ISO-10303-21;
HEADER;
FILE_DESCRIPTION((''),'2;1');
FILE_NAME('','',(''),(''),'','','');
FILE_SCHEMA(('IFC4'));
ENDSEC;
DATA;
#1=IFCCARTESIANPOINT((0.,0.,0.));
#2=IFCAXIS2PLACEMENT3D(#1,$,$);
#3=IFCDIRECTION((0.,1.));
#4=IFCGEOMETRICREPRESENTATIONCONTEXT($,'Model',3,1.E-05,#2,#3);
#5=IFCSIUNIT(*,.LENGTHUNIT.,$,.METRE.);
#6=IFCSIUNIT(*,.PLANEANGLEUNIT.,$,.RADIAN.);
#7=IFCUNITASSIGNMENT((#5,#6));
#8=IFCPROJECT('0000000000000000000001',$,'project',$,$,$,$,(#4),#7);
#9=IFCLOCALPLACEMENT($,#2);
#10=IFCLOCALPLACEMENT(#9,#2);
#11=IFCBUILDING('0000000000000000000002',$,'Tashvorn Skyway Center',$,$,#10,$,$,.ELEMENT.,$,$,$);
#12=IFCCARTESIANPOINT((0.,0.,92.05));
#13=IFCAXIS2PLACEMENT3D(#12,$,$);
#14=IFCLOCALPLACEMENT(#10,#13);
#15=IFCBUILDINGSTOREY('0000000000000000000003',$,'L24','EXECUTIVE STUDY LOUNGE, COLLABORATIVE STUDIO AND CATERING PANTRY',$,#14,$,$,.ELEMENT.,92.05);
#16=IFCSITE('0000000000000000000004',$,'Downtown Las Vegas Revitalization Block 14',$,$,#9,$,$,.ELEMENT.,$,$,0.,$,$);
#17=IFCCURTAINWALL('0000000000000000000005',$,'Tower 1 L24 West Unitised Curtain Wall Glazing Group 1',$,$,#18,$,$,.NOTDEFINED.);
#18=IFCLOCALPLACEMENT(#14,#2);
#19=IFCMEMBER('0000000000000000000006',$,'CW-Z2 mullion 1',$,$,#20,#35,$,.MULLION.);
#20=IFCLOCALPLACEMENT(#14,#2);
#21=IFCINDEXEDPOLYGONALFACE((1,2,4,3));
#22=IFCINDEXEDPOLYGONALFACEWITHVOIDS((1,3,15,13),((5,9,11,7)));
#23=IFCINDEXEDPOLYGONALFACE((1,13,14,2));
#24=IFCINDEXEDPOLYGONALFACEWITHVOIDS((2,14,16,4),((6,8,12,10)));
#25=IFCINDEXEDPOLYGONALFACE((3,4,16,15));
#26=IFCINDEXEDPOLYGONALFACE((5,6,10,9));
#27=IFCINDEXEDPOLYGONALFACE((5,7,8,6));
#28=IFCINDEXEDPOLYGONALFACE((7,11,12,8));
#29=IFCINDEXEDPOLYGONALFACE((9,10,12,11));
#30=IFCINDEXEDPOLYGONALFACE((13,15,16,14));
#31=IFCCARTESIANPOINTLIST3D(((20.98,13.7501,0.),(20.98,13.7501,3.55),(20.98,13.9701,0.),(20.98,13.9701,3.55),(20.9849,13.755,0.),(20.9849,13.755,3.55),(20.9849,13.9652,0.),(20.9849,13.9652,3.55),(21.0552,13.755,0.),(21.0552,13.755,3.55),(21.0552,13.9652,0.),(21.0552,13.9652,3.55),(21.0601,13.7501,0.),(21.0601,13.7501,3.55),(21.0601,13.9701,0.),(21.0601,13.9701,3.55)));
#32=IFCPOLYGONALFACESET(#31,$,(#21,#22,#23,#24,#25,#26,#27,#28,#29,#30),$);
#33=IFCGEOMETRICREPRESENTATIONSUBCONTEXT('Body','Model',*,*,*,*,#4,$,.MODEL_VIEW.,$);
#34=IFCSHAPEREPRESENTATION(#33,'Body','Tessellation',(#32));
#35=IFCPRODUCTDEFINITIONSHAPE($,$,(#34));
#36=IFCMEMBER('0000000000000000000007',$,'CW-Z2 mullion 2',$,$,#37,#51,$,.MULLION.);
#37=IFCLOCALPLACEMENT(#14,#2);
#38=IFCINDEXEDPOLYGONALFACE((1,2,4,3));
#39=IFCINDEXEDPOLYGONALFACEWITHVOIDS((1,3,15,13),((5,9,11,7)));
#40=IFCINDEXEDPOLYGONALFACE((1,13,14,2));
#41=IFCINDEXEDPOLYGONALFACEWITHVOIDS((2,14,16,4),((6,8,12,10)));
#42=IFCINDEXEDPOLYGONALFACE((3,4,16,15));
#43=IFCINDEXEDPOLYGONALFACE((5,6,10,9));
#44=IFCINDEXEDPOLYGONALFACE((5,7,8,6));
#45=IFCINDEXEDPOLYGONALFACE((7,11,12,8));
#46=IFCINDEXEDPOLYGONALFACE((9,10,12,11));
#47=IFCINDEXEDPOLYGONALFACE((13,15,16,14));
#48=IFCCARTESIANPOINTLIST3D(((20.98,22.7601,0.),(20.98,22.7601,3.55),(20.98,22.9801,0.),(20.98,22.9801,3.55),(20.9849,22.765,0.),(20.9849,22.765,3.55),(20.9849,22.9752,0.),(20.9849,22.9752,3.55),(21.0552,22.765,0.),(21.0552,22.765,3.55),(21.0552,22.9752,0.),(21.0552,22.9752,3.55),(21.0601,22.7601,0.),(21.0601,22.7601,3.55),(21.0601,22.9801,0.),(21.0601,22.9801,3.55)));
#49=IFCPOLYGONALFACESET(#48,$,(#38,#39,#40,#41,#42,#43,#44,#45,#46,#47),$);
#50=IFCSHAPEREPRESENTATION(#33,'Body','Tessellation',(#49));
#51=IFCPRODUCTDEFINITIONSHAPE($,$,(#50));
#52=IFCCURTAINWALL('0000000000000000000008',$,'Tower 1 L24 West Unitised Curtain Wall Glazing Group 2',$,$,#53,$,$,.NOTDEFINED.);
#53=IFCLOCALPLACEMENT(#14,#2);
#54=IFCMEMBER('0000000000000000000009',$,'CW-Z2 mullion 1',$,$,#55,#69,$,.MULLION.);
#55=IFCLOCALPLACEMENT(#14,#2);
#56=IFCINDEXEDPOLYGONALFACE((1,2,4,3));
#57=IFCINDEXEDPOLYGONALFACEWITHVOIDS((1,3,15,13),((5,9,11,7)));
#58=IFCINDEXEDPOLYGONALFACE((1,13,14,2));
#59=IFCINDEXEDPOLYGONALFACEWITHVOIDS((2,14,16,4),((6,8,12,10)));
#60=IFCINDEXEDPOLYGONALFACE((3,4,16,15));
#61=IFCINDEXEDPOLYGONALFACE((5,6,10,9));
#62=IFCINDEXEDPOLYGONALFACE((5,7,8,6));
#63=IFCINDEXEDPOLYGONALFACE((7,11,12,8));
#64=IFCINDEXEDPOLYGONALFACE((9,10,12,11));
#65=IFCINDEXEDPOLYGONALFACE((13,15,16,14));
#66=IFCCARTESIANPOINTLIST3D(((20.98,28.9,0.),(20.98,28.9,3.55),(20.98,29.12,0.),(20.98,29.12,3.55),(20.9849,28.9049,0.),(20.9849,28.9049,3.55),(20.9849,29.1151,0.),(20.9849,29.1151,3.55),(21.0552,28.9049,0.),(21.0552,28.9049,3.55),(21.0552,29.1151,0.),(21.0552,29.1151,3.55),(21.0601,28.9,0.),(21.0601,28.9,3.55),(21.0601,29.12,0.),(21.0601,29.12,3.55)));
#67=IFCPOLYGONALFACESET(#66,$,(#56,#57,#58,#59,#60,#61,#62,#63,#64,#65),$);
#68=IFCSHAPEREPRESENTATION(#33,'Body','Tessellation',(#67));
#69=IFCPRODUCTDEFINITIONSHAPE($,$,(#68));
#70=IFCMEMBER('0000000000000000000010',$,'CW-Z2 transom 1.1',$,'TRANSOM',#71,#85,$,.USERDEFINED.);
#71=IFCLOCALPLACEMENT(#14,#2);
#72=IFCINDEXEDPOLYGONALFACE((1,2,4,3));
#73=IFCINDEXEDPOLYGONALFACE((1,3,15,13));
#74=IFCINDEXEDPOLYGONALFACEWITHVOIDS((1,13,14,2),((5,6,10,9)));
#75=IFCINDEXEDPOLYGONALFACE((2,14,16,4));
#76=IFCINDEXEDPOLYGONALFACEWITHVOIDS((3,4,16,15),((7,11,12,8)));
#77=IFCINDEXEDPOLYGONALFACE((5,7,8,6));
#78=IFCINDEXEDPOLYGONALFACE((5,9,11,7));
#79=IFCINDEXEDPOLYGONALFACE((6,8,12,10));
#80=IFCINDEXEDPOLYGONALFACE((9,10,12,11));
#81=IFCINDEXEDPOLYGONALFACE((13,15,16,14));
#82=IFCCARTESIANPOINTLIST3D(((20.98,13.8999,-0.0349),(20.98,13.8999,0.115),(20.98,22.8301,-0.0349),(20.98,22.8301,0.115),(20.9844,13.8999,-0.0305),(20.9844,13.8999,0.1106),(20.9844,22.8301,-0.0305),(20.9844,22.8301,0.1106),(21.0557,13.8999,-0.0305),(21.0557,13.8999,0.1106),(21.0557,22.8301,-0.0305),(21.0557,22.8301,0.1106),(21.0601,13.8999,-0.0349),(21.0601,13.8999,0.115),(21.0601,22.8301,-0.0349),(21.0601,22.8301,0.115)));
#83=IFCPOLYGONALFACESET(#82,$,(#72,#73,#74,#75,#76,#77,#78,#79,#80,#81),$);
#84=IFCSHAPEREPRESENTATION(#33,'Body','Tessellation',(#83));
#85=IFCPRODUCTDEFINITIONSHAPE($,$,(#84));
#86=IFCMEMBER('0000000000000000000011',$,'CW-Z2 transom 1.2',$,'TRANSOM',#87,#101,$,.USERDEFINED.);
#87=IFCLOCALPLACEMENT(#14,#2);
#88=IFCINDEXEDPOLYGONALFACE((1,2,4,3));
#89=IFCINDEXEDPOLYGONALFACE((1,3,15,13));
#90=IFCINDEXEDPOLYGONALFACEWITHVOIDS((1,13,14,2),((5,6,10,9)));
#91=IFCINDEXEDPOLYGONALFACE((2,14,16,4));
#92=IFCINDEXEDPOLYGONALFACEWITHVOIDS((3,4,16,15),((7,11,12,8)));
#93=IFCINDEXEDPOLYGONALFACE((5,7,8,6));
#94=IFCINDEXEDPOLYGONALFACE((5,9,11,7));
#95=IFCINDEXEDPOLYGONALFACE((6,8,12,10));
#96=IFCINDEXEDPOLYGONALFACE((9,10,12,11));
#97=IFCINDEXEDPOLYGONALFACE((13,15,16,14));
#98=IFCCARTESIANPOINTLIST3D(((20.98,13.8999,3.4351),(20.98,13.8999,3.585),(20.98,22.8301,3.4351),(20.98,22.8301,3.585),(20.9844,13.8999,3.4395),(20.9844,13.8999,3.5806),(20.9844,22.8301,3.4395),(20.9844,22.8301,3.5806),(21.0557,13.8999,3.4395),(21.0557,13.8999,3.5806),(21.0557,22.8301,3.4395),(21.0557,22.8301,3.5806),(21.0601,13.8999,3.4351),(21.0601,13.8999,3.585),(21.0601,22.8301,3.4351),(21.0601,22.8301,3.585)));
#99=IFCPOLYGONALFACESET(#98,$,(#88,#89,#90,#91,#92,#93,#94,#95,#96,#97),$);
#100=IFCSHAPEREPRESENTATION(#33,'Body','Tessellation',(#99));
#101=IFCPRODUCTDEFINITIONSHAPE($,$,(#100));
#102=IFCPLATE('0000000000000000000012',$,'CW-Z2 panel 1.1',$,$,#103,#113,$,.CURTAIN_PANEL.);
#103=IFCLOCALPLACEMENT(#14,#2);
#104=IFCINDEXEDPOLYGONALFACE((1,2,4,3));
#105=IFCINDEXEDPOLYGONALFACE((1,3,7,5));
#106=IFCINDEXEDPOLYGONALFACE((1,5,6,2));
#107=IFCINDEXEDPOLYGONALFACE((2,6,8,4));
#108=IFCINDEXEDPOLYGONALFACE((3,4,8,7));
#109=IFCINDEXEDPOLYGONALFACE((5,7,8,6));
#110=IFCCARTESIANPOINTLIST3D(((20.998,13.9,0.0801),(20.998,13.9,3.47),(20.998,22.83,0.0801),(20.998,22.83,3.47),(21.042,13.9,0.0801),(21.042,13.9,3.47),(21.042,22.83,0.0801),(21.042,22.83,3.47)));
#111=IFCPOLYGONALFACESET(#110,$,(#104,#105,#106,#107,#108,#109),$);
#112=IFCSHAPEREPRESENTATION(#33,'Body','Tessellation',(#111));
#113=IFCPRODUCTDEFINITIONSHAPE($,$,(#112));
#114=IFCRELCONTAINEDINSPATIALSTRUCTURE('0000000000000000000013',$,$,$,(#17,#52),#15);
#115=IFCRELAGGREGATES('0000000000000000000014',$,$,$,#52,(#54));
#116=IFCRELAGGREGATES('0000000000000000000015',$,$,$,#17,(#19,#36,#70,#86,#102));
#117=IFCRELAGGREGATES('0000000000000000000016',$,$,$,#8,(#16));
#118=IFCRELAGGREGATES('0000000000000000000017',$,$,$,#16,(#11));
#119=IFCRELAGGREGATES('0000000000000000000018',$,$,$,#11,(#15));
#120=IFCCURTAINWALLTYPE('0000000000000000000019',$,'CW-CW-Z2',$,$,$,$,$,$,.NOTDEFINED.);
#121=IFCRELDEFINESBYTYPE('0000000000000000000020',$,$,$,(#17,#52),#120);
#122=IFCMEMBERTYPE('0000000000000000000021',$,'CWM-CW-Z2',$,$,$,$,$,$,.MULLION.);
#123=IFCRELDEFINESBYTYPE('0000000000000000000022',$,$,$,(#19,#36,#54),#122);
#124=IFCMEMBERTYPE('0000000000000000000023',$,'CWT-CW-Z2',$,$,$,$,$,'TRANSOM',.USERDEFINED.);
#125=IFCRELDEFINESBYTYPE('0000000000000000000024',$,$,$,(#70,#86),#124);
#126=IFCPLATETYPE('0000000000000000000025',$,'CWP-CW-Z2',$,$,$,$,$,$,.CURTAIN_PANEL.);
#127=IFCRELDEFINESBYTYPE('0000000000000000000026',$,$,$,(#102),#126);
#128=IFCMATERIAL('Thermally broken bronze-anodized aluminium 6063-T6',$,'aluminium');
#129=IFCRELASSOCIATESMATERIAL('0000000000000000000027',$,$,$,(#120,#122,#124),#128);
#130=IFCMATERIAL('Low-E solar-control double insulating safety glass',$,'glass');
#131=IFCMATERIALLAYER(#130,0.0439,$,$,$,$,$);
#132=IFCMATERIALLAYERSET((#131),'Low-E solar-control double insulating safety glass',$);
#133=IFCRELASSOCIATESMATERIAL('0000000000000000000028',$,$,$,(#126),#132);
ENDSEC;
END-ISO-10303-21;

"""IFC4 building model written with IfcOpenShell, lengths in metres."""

from ifc_helpers import new_model, si_unit, direction, frame, origin, origin_2d, place, context, subcontext, project, spatial, rectangle, hollow_rectangle, extrude, material, layer, layer_set, material_profile, profile_set, type_object, element, aggregate, save


model = new_model("IFC4")

# Units and contexts
model_context = context("Model", 3, precision=1e-05, world=origin(), true_north=direction((0.0, 1.0)))
body_context = subcontext(model_context, "Body", "Model", "MODEL_VIEW")
ifc_project = project(units=[si_unit("LENGTHUNIT", "METRE"), si_unit("PLANEANGLEUNIT", "RADIAN")], contexts=[model_context])

# Site, building, storey
site_placement = place(None, origin())
site = spatial("IfcSite", under=ifc_project, at=site_placement, Name="Downtown Las Vegas Revitalization Block 14", CompositionType="ELEMENT", RefElevation=0.0)
building_placement = place(site_placement, origin())
building = spatial("IfcBuilding", under=site, at=building_placement, Name="Tashvorn Skyway Center", CompositionType="ELEMENT")
storey_placement = place(building_placement, frame((0.0, 0.0, 92.05)))
storey = spatial("IfcBuildingStorey", under=building, at=storey_placement, Name="L24", Description="EXECUTIVE STUDY LOUNGE, COLLABORATIVE STUDIO AND CATERING PANTRY", CompositionType="ELEMENT", Elevation=92.05)

# Curtain wall, members
ifc_material_1 = material(Name="Thermally broken bronze-anodized aluminium 6063-T6", Category="aluminium")
curtain_wall_type = type_object("IfcCurtainWallType", Name="CW-CW-Z2", PredefinedType="NOTDEFINED", material=ifc_material_1)
curtain_wall_1_placement = place(storey_placement, origin())
curtain_wall_1 = element("IfcCurtainWall", 1, at=curtain_wall_1_placement, inside=storey, type_object=curtain_wall_type, Name="Tower 1 L24 West Unitised Curtain Wall Glazing Group 1", PredefinedType="NOTDEFINED")
ifc_material_profile_1 = material_profile(ifc_material_1, hollow_rectangle(XDim=0.0801, YDim=0.22, WallThickness=0.0049, at=origin_2d()), Name="ALU-MULL-80x220")
ifc_profile_set_1 = profile_set([ifc_material_profile_1], Name="Thermally broken bronze-anodized aluminium 6063-T6")
member_type_1 = type_object("IfcMemberType", Name="CWM-CW-Z2", PredefinedType="MULLION", material=ifc_profile_set_1)
member_1_placement = place(storey_placement, frame((21.02, 13.8601, 0.0), z_axis=(0.0, 0.0, 1.0), x_axis=(-1.0, 0.0, 0.0)))
member_1 = element("IfcMember", 2, at=member_1_placement, type_object=member_type_1, Name="CW-Z2 mullion 1", PredefinedType="MULLION", context=body_context, shape_type="SweptSolid", body=[
    extrude(hollow_rectangle(XDim=0.0801, YDim=0.22, WallThickness=0.0049, at=origin_2d()), origin(), (0.0, 0.0, 1.0), 3.55),
])
member_2_placement = place(storey_placement, frame((21.02, 22.8701, 0.0), z_axis=(0.0, 0.0, 1.0), x_axis=(-1.0, 0.0, 0.0)))
member_2 = element("IfcMember", 3, at=member_2_placement, type_object=member_type_1, Name="CW-Z2 mullion 2", PredefinedType="MULLION", context=body_context, shape_type="SweptSolid", body=[
    extrude(hollow_rectangle(XDim=0.0801, YDim=0.22, WallThickness=0.0049, at=origin_2d()), origin(), (0.0, 0.0, 1.0), 3.55),
])

# Curtain wall, member
curtain_wall_2_placement = place(storey_placement, origin())
curtain_wall_2 = element("IfcCurtainWall", 4, at=curtain_wall_2_placement, inside=storey, type_object=curtain_wall_type, Name="Tower 1 L24 West Unitised Curtain Wall Glazing Group 2", PredefinedType="NOTDEFINED")
member_3_placement = place(storey_placement, frame((21.02, 29.01, 0.0), z_axis=(0.0, 0.0, 1.0), x_axis=(-1.0, 0.0, 0.0)))
member_3 = element("IfcMember", 5, at=member_3_placement, type_object=member_type_1, Name="CW-Z2 mullion 1", PredefinedType="MULLION", context=body_context, shape_type="SweptSolid", body=[
    extrude(hollow_rectangle(XDim=0.0801, YDim=0.22, WallThickness=0.0049, at=origin_2d()), origin(), (0.0, 0.0, 1.0), 3.55),
])
aggregate(curtain_wall_2, [member_3])

# Members
ifc_material_profile_2 = material_profile(ifc_material_1, hollow_rectangle(XDim=0.0801, YDim=0.1499, WallThickness=0.0044, at=origin_2d()), Name="ALU-TRAN-80x150")
ifc_profile_set_2 = profile_set([ifc_material_profile_2], Name="Thermally broken bronze-anodized aluminium 6063-T6")
member_type_2 = type_object("IfcMemberType", Name="CWT-CW-Z2", ElementType="TRANSOM", PredefinedType="USERDEFINED", material=ifc_profile_set_2)
member_4_placement = place(storey_placement, frame((21.02, 13.8999, 0.04), z_axis=(0.0, 1.0, 0.0), x_axis=(-1.0, 0.0, 0.0)))
member_4 = element("IfcMember", 6, at=member_4_placement, type_object=member_type_2, Name="CW-Z2 transom 1.1", ObjectType="TRANSOM", PredefinedType="USERDEFINED", context=body_context, shape_type="SweptSolid", body=[
    extrude(hollow_rectangle(XDim=0.0801, YDim=0.1499, WallThickness=0.0044, at=origin_2d()), origin(), (0.0, 0.0, 1.0), 8.9302),
])
member_5_placement = place(storey_placement, frame((21.02, 13.8999, 3.51), z_axis=(0.0, 1.0, 0.0), x_axis=(-1.0, 0.0, 0.0)))
member_5 = element("IfcMember", 7, at=member_5_placement, type_object=member_type_2, Name="CW-Z2 transom 1.2", ObjectType="TRANSOM", PredefinedType="USERDEFINED", context=body_context, shape_type="SweptSolid", body=[
    extrude(hollow_rectangle(XDim=0.0801, YDim=0.1499, WallThickness=0.0044, at=origin_2d()), origin(), (0.0, 0.0, 1.0), 8.9302),
])

# Plate
ifc_material_2 = material(Name="Low-E solar-control double insulating safety glass", Category="glass")
ifc_layer_1 = layer(ifc_material_2, 0.0439)
ifc_layer_set_1 = layer_set([ifc_layer_1], Name="Low-E solar-control double insulating safety glass")
plate_type = type_object("IfcPlateType", Name="CWP-CW-Z2", PredefinedType="CURTAIN_PANEL", material=ifc_layer_set_1)
plate_placement = place(storey_placement, frame((21.02, 18.365, 0.0801), z_axis=(0.0, 0.0, 1.0), x_axis=(0.0, 1.0, 0.0)))
plate = element("IfcPlate", 8, at=plate_placement, type_object=plate_type, Name="CW-Z2 panel 1.1", PredefinedType="CURTAIN_PANEL", context=body_context, shape_type="SweptSolid", body=[
    extrude(rectangle(XDim=8.9299, YDim=0.0439, at=origin_2d()), origin(), (0.0, 0.0, 1.0), 3.3899),
])
aggregate(curtain_wall_1, [member_1, member_2, member_4, member_5, plate])

save(model, "model.ifc")
